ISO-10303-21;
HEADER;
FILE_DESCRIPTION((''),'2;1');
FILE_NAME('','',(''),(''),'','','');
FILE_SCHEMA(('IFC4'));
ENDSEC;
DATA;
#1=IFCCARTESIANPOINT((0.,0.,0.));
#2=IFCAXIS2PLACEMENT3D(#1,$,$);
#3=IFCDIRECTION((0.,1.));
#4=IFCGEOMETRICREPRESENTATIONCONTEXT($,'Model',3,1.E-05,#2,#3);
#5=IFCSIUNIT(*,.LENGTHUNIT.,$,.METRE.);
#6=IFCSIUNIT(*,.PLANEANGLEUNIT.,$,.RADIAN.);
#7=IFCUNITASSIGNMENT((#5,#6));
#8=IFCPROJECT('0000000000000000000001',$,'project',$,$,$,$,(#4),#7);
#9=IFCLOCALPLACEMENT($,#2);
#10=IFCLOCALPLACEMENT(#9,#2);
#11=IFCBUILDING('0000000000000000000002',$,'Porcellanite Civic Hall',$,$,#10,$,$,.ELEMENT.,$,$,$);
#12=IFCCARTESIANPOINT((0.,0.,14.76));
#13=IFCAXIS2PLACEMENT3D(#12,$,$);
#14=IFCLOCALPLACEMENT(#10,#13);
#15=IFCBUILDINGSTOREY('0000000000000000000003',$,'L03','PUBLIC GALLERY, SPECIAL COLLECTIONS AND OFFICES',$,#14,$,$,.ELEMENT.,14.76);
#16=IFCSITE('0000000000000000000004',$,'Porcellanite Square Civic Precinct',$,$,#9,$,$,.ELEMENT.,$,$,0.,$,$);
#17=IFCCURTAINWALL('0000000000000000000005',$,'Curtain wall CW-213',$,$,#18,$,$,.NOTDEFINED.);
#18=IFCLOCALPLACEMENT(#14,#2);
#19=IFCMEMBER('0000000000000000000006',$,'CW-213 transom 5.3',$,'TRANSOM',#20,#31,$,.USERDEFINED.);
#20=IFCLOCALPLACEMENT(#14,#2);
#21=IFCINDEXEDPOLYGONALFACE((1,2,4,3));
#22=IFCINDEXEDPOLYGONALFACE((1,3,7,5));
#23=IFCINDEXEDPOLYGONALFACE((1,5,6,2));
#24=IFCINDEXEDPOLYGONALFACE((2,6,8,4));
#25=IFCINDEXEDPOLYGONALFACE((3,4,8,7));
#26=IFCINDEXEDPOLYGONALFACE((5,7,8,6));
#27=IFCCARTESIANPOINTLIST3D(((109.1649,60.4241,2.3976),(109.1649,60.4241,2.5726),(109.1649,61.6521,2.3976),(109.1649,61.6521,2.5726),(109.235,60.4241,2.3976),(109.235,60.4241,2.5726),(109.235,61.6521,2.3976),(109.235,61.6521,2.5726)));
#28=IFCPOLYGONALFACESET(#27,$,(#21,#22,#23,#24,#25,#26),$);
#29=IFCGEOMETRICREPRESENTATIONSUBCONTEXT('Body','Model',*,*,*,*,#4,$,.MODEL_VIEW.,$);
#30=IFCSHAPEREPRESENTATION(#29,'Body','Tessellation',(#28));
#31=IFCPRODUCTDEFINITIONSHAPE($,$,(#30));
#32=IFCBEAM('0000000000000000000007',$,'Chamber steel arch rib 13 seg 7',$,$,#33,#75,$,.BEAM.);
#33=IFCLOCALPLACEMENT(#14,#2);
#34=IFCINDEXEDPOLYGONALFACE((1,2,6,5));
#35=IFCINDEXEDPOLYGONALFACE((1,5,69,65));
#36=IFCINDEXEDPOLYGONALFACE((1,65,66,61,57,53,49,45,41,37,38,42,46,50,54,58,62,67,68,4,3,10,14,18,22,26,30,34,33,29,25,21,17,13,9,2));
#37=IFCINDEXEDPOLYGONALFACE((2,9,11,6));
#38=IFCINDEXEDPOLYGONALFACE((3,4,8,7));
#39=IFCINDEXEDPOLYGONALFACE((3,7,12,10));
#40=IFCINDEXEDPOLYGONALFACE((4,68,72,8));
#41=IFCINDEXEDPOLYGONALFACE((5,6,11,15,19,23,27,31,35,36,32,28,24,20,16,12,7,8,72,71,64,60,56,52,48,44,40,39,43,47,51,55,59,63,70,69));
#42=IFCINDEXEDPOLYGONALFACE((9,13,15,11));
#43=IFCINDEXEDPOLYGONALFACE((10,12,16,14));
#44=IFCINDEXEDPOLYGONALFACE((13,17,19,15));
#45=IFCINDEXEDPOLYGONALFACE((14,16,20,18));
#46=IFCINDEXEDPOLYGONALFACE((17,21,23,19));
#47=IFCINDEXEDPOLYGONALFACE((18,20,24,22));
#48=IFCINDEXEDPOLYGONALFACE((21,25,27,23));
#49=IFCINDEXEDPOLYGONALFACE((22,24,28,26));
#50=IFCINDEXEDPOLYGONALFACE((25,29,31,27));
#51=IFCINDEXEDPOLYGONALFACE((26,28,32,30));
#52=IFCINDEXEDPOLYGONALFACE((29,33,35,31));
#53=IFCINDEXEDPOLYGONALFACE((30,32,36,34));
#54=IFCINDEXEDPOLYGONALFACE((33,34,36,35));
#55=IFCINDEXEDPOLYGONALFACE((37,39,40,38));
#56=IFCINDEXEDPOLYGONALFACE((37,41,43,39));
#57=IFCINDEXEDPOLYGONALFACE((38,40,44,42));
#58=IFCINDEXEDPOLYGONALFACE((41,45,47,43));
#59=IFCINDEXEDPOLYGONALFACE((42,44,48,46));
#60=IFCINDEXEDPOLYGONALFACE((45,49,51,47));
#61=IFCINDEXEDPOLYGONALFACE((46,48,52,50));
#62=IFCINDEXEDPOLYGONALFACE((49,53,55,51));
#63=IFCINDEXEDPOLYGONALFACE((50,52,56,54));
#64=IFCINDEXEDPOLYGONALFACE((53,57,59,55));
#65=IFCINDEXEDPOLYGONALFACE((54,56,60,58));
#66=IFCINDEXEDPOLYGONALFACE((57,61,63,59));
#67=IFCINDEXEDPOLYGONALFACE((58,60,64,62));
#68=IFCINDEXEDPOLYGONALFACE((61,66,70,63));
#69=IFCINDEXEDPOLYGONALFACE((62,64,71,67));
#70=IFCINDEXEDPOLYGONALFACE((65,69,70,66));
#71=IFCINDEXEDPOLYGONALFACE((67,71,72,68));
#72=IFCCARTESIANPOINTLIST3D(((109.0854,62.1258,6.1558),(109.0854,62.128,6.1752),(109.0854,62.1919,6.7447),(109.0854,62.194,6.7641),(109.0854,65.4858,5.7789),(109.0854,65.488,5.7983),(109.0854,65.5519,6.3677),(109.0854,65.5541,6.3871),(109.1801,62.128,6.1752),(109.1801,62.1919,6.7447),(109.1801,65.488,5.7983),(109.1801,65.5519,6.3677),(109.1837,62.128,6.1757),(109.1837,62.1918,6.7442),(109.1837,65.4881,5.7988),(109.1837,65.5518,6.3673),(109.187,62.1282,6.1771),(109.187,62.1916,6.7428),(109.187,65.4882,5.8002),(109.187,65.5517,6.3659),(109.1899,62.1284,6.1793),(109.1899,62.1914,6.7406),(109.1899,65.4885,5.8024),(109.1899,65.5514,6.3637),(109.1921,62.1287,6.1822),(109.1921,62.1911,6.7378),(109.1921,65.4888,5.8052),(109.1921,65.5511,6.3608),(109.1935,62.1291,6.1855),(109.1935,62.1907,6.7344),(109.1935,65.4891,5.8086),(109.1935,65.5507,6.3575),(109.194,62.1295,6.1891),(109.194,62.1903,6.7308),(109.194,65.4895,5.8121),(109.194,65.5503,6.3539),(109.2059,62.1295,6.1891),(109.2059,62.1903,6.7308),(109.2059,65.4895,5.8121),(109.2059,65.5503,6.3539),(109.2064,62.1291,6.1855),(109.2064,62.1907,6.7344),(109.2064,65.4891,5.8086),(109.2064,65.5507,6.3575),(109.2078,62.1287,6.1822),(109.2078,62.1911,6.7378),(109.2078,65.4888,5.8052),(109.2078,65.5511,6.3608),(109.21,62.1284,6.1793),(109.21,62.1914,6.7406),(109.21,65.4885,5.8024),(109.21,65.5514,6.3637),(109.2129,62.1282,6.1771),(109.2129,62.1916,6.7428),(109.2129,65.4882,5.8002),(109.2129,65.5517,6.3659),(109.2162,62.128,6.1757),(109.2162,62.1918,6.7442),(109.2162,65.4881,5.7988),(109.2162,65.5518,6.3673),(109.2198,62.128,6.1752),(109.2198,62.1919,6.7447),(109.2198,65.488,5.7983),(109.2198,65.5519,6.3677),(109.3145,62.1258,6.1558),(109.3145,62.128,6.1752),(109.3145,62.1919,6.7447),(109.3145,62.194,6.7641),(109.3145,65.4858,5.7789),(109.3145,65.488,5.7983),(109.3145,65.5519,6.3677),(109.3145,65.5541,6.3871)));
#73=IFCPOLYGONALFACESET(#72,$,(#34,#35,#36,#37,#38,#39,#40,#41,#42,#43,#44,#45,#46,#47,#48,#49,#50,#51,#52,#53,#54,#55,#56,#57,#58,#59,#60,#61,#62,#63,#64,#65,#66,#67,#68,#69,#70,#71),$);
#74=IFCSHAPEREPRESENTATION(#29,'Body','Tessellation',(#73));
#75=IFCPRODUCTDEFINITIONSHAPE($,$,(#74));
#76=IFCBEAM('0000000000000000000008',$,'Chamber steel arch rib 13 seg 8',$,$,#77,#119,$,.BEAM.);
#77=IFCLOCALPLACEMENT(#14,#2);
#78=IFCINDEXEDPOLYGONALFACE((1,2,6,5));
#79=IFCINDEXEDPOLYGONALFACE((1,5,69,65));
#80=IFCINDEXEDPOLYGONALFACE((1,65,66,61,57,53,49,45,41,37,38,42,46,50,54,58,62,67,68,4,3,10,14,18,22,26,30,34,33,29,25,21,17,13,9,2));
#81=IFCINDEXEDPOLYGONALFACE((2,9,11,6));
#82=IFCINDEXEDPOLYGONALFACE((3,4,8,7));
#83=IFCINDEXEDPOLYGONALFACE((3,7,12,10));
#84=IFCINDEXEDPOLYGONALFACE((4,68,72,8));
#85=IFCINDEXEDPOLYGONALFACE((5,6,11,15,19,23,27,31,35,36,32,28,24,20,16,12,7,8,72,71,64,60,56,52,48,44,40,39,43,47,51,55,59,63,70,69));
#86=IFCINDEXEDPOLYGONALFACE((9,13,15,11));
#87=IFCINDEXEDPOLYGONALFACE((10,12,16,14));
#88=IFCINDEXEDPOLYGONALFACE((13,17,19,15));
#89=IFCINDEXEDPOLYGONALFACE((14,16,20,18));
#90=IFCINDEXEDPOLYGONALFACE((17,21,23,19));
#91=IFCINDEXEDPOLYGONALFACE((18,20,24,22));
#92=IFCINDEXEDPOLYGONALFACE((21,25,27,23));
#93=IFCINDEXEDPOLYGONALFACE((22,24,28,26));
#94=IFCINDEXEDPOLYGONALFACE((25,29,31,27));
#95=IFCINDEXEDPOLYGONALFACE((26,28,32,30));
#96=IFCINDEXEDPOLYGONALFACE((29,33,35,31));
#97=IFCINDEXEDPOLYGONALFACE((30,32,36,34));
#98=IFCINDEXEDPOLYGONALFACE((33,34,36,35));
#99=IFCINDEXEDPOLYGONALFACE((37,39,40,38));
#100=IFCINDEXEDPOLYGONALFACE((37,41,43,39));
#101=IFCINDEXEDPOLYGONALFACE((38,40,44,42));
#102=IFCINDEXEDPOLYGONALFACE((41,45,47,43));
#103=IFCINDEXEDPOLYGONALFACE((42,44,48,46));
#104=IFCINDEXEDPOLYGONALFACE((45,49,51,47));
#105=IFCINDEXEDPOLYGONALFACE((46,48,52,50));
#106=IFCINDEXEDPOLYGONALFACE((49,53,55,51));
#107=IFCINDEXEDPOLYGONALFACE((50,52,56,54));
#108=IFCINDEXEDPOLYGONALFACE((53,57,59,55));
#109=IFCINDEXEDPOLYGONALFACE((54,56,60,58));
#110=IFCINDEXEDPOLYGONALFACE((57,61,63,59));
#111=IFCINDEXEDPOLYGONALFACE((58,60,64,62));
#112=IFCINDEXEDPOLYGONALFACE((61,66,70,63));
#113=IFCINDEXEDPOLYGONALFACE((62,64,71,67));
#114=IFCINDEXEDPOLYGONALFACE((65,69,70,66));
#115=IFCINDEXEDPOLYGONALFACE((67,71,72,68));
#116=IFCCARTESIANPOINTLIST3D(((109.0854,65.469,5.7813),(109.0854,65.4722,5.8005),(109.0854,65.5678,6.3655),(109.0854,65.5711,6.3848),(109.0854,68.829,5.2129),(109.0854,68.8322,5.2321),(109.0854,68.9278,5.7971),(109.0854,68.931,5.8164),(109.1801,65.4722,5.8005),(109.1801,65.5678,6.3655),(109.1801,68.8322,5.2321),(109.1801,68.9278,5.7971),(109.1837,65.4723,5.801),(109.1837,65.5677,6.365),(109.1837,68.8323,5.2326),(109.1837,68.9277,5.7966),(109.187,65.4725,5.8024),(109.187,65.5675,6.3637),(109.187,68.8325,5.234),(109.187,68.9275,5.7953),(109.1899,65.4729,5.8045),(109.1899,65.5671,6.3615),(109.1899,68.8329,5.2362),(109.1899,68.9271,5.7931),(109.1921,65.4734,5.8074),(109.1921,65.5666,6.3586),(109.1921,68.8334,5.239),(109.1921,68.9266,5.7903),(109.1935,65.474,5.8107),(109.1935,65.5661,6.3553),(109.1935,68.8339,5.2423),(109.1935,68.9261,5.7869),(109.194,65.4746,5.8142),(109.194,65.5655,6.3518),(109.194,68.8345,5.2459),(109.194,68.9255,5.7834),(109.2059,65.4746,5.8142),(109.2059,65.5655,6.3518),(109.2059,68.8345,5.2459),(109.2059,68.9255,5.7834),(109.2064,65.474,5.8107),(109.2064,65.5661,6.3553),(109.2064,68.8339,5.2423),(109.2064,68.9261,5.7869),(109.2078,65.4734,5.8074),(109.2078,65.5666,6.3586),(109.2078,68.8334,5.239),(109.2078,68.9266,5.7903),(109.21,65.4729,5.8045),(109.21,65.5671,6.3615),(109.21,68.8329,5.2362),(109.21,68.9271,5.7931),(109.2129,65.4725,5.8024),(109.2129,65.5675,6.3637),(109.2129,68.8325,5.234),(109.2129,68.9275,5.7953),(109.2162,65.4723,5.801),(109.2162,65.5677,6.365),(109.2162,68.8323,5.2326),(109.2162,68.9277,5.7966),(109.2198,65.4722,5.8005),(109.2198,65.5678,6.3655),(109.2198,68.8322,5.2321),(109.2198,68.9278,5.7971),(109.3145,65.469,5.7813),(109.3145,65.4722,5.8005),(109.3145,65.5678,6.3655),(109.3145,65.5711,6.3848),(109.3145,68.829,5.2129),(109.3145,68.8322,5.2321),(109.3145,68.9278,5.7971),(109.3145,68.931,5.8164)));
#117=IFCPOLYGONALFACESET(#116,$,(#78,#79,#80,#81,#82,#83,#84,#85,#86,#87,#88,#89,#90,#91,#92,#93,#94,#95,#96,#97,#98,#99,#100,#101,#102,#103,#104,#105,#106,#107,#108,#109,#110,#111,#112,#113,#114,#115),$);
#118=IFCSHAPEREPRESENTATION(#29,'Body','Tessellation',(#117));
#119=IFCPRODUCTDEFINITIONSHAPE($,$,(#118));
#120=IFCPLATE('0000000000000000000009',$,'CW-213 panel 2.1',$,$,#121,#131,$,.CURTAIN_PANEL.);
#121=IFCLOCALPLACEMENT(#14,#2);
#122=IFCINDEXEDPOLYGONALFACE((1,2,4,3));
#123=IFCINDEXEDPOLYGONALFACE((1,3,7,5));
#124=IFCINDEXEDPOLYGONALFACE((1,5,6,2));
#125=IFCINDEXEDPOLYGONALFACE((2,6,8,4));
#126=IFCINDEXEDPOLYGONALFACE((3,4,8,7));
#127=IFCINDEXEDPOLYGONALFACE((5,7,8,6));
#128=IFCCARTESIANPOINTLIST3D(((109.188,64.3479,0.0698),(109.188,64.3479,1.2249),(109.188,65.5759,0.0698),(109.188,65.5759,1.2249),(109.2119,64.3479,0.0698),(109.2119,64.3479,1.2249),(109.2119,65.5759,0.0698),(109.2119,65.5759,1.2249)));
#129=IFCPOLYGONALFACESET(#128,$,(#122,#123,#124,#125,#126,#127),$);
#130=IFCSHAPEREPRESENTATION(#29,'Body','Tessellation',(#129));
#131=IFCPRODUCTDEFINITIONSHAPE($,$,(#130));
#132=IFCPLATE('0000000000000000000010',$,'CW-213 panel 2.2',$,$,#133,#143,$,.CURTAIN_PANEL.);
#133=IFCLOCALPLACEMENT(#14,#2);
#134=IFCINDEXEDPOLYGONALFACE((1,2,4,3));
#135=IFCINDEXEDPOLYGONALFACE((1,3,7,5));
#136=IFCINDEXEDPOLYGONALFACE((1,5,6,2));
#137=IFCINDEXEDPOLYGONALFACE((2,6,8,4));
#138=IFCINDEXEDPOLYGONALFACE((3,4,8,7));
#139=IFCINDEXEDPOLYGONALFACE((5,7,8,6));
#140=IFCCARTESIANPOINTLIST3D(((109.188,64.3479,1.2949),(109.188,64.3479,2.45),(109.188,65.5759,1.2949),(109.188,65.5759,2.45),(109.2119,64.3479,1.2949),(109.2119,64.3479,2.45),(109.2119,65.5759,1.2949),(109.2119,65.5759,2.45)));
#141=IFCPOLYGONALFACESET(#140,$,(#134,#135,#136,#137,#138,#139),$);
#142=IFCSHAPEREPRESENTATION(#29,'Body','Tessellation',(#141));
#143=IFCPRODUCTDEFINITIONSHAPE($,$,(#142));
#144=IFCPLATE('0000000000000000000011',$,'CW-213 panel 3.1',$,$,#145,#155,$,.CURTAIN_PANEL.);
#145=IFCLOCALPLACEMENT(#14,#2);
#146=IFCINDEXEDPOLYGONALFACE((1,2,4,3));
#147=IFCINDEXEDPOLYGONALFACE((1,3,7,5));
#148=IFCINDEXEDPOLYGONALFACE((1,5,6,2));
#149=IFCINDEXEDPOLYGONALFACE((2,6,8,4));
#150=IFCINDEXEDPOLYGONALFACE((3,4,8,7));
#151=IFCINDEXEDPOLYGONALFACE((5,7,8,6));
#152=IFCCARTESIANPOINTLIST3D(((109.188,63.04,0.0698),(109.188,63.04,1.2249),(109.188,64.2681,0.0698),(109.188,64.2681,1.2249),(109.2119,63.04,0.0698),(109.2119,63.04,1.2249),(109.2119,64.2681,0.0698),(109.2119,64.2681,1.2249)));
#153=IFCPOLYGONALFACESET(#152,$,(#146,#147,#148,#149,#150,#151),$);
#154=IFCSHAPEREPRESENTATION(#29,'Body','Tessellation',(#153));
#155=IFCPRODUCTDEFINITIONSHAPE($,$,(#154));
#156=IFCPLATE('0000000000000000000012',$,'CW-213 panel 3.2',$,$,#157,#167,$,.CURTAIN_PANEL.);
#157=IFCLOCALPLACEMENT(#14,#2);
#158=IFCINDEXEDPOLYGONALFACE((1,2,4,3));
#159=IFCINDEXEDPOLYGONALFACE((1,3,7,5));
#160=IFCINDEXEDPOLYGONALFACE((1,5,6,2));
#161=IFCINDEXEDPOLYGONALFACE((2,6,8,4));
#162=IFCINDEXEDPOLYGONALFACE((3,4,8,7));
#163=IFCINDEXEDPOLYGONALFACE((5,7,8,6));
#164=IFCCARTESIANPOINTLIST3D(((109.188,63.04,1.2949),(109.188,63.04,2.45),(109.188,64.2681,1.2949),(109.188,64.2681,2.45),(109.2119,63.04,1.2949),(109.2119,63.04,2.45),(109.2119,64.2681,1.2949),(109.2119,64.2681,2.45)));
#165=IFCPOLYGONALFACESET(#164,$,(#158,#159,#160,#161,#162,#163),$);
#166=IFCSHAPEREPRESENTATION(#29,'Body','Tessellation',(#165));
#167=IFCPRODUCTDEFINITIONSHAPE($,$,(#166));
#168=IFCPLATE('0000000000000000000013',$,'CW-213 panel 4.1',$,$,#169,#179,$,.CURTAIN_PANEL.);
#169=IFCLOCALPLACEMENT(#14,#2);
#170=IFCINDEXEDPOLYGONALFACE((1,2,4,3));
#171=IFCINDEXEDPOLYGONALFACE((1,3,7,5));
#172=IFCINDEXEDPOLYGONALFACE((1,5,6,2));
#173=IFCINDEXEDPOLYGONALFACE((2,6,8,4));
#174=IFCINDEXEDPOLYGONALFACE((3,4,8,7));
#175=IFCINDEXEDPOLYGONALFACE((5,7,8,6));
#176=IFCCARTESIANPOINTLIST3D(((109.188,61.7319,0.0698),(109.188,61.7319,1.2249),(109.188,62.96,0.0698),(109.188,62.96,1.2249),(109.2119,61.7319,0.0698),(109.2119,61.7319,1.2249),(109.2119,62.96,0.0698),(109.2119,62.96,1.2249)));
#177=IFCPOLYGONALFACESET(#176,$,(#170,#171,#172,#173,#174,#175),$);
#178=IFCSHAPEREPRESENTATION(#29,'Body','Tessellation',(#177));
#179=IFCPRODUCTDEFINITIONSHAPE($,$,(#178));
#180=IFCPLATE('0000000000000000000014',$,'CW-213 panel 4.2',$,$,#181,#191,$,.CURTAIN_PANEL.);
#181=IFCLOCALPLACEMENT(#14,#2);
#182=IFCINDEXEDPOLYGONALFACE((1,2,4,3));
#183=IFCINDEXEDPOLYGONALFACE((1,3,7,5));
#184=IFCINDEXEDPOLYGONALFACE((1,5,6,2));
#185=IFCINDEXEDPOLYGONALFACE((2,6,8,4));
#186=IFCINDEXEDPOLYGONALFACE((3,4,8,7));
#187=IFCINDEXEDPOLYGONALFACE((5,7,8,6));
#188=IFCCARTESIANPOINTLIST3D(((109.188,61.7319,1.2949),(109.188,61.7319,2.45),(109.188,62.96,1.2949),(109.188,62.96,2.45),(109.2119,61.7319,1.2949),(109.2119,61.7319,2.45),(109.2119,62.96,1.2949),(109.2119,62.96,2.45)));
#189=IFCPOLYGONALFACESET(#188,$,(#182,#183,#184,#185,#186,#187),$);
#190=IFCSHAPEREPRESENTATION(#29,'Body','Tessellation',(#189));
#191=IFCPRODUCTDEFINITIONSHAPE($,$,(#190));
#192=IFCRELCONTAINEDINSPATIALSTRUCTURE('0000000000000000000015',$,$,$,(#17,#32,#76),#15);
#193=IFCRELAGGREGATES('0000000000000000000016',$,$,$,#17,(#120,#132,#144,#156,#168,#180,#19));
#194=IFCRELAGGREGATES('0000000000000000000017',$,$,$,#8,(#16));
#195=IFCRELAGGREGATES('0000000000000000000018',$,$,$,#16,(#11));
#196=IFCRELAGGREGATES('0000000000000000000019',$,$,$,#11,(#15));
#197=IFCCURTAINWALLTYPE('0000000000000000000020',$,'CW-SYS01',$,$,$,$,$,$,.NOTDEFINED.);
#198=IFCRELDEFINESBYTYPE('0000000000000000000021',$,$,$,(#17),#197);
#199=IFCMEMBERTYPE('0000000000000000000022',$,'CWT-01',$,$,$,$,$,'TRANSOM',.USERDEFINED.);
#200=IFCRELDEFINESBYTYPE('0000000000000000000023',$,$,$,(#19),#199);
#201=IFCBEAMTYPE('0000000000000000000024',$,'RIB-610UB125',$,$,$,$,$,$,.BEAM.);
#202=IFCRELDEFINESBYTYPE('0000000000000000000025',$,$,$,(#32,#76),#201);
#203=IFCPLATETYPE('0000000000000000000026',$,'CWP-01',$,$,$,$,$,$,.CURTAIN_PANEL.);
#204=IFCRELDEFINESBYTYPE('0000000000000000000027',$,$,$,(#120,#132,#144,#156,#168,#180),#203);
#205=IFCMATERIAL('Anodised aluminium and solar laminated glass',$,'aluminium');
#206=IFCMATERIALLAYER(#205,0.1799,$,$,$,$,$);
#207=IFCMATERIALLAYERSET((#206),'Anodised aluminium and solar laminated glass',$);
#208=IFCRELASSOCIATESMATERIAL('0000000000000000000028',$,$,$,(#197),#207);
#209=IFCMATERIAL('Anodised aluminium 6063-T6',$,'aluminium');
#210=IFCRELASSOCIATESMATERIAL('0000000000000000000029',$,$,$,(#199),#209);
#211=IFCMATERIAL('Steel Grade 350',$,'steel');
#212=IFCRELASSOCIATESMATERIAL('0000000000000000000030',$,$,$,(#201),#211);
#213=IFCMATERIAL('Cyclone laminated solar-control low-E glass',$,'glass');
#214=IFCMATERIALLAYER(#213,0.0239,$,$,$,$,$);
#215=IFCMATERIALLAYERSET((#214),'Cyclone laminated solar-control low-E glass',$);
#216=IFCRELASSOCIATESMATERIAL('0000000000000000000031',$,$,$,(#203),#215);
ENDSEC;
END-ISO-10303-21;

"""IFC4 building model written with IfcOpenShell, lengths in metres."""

from ifc_helpers import new_model, si_unit, direction, frame, origin, origin_2d, place, context, subcontext, project, spatial, rectangle, i_section, extrude, material, layer, layer_set, material_profile, profile_set, type_object, element, aggregate, save


model = new_model("IFC4")

# Units and contexts
model_context = context("Model", 3, precision=1e-05, world=origin(), true_north=direction((0.0, 1.0)))
body_context = subcontext(model_context, "Body", "Model", "MODEL_VIEW")
ifc_project = project(units=[si_unit("LENGTHUNIT", "METRE"), si_unit("PLANEANGLEUNIT", "RADIAN")], contexts=[model_context])

# Site, building, storey
site_placement = place(None, origin())
site = spatial("IfcSite", under=ifc_project, at=site_placement, Name="Porcellanite Square Civic Precinct", CompositionType="ELEMENT", RefElevation=0.0)
building_placement = place(site_placement, origin())
building = spatial("IfcBuilding", under=site, at=building_placement, Name="Porcellanite Civic Hall", CompositionType="ELEMENT")
storey_placement = place(building_placement, frame((0.0, 0.0, 14.76)))
storey = spatial("IfcBuildingStorey", under=building, at=storey_placement, Name="L03", Description="PUBLIC GALLERY, SPECIAL COLLECTIONS AND OFFICES", CompositionType="ELEMENT", Elevation=14.76)

# Curtain wall, member
ifc_material_1 = material(Name="Anodised aluminium and solar laminated glass", Category="aluminium")
ifc_layer_1 = layer(ifc_material_1, 0.1799)
ifc_layer_set_1 = layer_set([ifc_layer_1], Name="Anodised aluminium and solar laminated glass")
curtain_wall_type = type_object("IfcCurtainWallType", Name="CW-SYS01", PredefinedType="NOTDEFINED", material=ifc_layer_set_1)
curtain_wall_placement = place(storey_placement, origin())
curtain_wall = element("IfcCurtainWall", 1, at=curtain_wall_placement, inside=storey, type_object=curtain_wall_type, Name="Curtain wall CW-213", PredefinedType="NOTDEFINED")
ifc_material_2 = material(Name="Anodised aluminium 6063-T6", Category="aluminium")
ifc_material_profile_1 = material_profile(ifc_material_2, rectangle(XDim=0.0701, YDim=0.175, at=origin_2d()), Name="AL-70x175")
ifc_profile_set_1 = profile_set([ifc_material_profile_1], Name="Anodised aluminium 6063-T6")
member_type_1 = type_object("IfcMemberType", Name="CWT-01", ElementType="TRANSOM", PredefinedType="USERDEFINED", material=ifc_profile_set_1)
member_1_placement = place(storey_placement, frame((109.2, 61.6521, 2.4851), z_axis=(0.0, -1.0, 0.0), x_axis=(1.0, 0.0, 0.0)))
member_1 = element("IfcMember", 2, at=member_1_placement, type_object=member_type_1, Name="CW-213 transom 5.3", ObjectType="TRANSOM", PredefinedType="USERDEFINED", context=body_context, shape_type="SweptSolid", body=[
    extrude(rectangle(XDim=0.0701, YDim=0.175, at=origin_2d()), origin(), (0.0, 0.0, 1.0), 1.228),
])

# Beams
ifc_material_3 = material(Name="Steel Grade 350", Category="steel")
ifc_material_profile_2 = material_profile(ifc_material_3, i_section(OverallWidth=0.229, OverallDepth=0.6121, WebThickness=0.012, FlangeThickness=0.0195, FilletRadius=0.0139, at=origin_2d()), Name="610UB125")
ifc_profile_set_2 = profile_set([ifc_material_profile_2], Name="Steel Grade 350")
beam_type = type_object("IfcBeamType", Name="RIB-610UB125", PredefinedType="BEAM", material=ifc_profile_set_2)
beam_1_placement = place(storey_placement, frame((109.2, 62.1599, 6.46), z_axis=(0.0, 0.993766, -0.111485), x_axis=(-1.0, 0.0, 0.0)))
element("IfcBeam", 3, at=beam_1_placement, inside=storey, type_object=beam_type, Name="Chamber steel arch rib 13 seg 7", PredefinedType="BEAM", context=body_context, shape_type="SweptSolid", body=[
    extrude(i_section(OverallWidth=0.229, OverallDepth=0.6121, WebThickness=0.012, FlangeThickness=0.0195, FilletRadius=0.0139, at=origin_2d()), origin(), (0.0, 0.0, 1.0), 3.3811),
])
beam_2_placement = place(storey_placement, frame((109.2, 65.52, 6.083), z_axis=(0.0, 0.985992, -0.166792), x_axis=(-1.0, 0.0, 0.0)))
element("IfcBeam", 4, at=beam_2_placement, inside=storey, type_object=beam_type, Name="Chamber steel arch rib 13 seg 8", PredefinedType="BEAM", context=body_context, shape_type="SweptSolid", body=[
    extrude(i_section(OverallWidth=0.229, OverallDepth=0.6121, WebThickness=0.012, FlangeThickness=0.0195, FilletRadius=0.0139, at=origin_2d()), origin(), (0.0, 0.0, 1.0), 3.4077),
])

# Plates
ifc_material_4 = material(Name="Cyclone laminated solar-control low-E glass", Category="glass")
ifc_layer_2 = layer(ifc_material_4, 0.0239)
ifc_layer_set_2 = layer_set([ifc_layer_2], Name="Cyclone laminated solar-control low-E glass")
plate_type = type_object("IfcPlateType", Name="CWP-01", PredefinedType="CURTAIN_PANEL", material=ifc_layer_set_2)
plate_1_placement = place(storey_placement, frame((109.2, 64.9619, 0.0698), z_axis=(0.0, 0.0, 1.0), x_axis=(0.0, -1.0, 0.0)))
plate_1 = element("IfcPlate", 5, at=plate_1_placement, type_object=plate_type, Name="CW-213 panel 2.1", PredefinedType="CURTAIN_PANEL", context=body_context, shape_type="SweptSolid", body=[
    extrude(rectangle(XDim=1.228, YDim=0.0239, at=origin_2d()), origin(), (0.0, 0.0, 1.0), 1.155),
])
plate_2_placement = place(storey_placement, frame((109.2, 64.9619, 1.2949), z_axis=(0.0, 0.0, 1.0), x_axis=(0.0, -1.0, 0.0)))
plate_2 = element("IfcPlate", 6, at=plate_2_placement, type_object=plate_type, Name="CW-213 panel 2.2", PredefinedType="CURTAIN_PANEL", context=body_context, shape_type="SweptSolid", body=[
    extrude(rectangle(XDim=1.228, YDim=0.0239, at=origin_2d()), origin(), (0.0, 0.0, 1.0), 1.155),
])
plate_3_placement = place(storey_placement, frame((109.2, 63.6541, 0.0698), z_axis=(0.0, 0.0, 1.0), x_axis=(0.0, -1.0, 0.0)))
plate_3 = element("IfcPlate", 7, at=plate_3_placement, type_object=plate_type, Name="CW-213 panel 3.1", PredefinedType="CURTAIN_PANEL", context=body_context, shape_type="SweptSolid", body=[
    extrude(rectangle(XDim=1.228, YDim=0.0239, at=origin_2d()), origin(), (0.0, 0.0, 1.0), 1.155),
])
plate_4_placement = place(storey_placement, frame((109.2, 63.6541, 1.2949), z_axis=(0.0, 0.0, 1.0), x_axis=(0.0, -1.0, 0.0)))
plate_4 = element("IfcPlate", 8, at=plate_4_placement, type_object=plate_type, Name="CW-213 panel 3.2", PredefinedType="CURTAIN_PANEL", context=body_context, shape_type="SweptSolid", body=[
    extrude(rectangle(XDim=1.228, YDim=0.0239, at=origin_2d()), origin(), (0.0, 0.0, 1.0), 1.155),
])
plate_5_placement = place(storey_placement, frame((109.2, 62.3459, 0.0698), z_axis=(0.0, 0.0, 1.0), x_axis=(0.0, -1.0, 0.0)))
plate_5 = element("IfcPlate", 9, at=plate_5_placement, type_object=plate_type, Name="CW-213 panel 4.1", PredefinedType="CURTAIN_PANEL", context=body_context, shape_type="SweptSolid", body=[
    extrude(rectangle(XDim=1.228, YDim=0.0239, at=origin_2d()), origin(), (0.0, 0.0, 1.0), 1.155),
])
plate_6_placement = place(storey_placement, frame((109.2, 62.3459, 1.2949), z_axis=(0.0, 0.0, 1.0), x_axis=(0.0, -1.0, 0.0)))
plate_6 = element("IfcPlate", 10, at=plate_6_placement, type_object=plate_type, Name="CW-213 panel 4.2", PredefinedType="CURTAIN_PANEL", context=body_context, shape_type="SweptSolid", body=[
    extrude(rectangle(XDim=1.228, YDim=0.0239, at=origin_2d()), origin(), (0.0, 0.0, 1.0), 1.155),
])
aggregate(curtain_wall, [plate_1, plate_2, plate_3, plate_4, plate_5, plate_6, member_1])

save(model, "model.ifc")
